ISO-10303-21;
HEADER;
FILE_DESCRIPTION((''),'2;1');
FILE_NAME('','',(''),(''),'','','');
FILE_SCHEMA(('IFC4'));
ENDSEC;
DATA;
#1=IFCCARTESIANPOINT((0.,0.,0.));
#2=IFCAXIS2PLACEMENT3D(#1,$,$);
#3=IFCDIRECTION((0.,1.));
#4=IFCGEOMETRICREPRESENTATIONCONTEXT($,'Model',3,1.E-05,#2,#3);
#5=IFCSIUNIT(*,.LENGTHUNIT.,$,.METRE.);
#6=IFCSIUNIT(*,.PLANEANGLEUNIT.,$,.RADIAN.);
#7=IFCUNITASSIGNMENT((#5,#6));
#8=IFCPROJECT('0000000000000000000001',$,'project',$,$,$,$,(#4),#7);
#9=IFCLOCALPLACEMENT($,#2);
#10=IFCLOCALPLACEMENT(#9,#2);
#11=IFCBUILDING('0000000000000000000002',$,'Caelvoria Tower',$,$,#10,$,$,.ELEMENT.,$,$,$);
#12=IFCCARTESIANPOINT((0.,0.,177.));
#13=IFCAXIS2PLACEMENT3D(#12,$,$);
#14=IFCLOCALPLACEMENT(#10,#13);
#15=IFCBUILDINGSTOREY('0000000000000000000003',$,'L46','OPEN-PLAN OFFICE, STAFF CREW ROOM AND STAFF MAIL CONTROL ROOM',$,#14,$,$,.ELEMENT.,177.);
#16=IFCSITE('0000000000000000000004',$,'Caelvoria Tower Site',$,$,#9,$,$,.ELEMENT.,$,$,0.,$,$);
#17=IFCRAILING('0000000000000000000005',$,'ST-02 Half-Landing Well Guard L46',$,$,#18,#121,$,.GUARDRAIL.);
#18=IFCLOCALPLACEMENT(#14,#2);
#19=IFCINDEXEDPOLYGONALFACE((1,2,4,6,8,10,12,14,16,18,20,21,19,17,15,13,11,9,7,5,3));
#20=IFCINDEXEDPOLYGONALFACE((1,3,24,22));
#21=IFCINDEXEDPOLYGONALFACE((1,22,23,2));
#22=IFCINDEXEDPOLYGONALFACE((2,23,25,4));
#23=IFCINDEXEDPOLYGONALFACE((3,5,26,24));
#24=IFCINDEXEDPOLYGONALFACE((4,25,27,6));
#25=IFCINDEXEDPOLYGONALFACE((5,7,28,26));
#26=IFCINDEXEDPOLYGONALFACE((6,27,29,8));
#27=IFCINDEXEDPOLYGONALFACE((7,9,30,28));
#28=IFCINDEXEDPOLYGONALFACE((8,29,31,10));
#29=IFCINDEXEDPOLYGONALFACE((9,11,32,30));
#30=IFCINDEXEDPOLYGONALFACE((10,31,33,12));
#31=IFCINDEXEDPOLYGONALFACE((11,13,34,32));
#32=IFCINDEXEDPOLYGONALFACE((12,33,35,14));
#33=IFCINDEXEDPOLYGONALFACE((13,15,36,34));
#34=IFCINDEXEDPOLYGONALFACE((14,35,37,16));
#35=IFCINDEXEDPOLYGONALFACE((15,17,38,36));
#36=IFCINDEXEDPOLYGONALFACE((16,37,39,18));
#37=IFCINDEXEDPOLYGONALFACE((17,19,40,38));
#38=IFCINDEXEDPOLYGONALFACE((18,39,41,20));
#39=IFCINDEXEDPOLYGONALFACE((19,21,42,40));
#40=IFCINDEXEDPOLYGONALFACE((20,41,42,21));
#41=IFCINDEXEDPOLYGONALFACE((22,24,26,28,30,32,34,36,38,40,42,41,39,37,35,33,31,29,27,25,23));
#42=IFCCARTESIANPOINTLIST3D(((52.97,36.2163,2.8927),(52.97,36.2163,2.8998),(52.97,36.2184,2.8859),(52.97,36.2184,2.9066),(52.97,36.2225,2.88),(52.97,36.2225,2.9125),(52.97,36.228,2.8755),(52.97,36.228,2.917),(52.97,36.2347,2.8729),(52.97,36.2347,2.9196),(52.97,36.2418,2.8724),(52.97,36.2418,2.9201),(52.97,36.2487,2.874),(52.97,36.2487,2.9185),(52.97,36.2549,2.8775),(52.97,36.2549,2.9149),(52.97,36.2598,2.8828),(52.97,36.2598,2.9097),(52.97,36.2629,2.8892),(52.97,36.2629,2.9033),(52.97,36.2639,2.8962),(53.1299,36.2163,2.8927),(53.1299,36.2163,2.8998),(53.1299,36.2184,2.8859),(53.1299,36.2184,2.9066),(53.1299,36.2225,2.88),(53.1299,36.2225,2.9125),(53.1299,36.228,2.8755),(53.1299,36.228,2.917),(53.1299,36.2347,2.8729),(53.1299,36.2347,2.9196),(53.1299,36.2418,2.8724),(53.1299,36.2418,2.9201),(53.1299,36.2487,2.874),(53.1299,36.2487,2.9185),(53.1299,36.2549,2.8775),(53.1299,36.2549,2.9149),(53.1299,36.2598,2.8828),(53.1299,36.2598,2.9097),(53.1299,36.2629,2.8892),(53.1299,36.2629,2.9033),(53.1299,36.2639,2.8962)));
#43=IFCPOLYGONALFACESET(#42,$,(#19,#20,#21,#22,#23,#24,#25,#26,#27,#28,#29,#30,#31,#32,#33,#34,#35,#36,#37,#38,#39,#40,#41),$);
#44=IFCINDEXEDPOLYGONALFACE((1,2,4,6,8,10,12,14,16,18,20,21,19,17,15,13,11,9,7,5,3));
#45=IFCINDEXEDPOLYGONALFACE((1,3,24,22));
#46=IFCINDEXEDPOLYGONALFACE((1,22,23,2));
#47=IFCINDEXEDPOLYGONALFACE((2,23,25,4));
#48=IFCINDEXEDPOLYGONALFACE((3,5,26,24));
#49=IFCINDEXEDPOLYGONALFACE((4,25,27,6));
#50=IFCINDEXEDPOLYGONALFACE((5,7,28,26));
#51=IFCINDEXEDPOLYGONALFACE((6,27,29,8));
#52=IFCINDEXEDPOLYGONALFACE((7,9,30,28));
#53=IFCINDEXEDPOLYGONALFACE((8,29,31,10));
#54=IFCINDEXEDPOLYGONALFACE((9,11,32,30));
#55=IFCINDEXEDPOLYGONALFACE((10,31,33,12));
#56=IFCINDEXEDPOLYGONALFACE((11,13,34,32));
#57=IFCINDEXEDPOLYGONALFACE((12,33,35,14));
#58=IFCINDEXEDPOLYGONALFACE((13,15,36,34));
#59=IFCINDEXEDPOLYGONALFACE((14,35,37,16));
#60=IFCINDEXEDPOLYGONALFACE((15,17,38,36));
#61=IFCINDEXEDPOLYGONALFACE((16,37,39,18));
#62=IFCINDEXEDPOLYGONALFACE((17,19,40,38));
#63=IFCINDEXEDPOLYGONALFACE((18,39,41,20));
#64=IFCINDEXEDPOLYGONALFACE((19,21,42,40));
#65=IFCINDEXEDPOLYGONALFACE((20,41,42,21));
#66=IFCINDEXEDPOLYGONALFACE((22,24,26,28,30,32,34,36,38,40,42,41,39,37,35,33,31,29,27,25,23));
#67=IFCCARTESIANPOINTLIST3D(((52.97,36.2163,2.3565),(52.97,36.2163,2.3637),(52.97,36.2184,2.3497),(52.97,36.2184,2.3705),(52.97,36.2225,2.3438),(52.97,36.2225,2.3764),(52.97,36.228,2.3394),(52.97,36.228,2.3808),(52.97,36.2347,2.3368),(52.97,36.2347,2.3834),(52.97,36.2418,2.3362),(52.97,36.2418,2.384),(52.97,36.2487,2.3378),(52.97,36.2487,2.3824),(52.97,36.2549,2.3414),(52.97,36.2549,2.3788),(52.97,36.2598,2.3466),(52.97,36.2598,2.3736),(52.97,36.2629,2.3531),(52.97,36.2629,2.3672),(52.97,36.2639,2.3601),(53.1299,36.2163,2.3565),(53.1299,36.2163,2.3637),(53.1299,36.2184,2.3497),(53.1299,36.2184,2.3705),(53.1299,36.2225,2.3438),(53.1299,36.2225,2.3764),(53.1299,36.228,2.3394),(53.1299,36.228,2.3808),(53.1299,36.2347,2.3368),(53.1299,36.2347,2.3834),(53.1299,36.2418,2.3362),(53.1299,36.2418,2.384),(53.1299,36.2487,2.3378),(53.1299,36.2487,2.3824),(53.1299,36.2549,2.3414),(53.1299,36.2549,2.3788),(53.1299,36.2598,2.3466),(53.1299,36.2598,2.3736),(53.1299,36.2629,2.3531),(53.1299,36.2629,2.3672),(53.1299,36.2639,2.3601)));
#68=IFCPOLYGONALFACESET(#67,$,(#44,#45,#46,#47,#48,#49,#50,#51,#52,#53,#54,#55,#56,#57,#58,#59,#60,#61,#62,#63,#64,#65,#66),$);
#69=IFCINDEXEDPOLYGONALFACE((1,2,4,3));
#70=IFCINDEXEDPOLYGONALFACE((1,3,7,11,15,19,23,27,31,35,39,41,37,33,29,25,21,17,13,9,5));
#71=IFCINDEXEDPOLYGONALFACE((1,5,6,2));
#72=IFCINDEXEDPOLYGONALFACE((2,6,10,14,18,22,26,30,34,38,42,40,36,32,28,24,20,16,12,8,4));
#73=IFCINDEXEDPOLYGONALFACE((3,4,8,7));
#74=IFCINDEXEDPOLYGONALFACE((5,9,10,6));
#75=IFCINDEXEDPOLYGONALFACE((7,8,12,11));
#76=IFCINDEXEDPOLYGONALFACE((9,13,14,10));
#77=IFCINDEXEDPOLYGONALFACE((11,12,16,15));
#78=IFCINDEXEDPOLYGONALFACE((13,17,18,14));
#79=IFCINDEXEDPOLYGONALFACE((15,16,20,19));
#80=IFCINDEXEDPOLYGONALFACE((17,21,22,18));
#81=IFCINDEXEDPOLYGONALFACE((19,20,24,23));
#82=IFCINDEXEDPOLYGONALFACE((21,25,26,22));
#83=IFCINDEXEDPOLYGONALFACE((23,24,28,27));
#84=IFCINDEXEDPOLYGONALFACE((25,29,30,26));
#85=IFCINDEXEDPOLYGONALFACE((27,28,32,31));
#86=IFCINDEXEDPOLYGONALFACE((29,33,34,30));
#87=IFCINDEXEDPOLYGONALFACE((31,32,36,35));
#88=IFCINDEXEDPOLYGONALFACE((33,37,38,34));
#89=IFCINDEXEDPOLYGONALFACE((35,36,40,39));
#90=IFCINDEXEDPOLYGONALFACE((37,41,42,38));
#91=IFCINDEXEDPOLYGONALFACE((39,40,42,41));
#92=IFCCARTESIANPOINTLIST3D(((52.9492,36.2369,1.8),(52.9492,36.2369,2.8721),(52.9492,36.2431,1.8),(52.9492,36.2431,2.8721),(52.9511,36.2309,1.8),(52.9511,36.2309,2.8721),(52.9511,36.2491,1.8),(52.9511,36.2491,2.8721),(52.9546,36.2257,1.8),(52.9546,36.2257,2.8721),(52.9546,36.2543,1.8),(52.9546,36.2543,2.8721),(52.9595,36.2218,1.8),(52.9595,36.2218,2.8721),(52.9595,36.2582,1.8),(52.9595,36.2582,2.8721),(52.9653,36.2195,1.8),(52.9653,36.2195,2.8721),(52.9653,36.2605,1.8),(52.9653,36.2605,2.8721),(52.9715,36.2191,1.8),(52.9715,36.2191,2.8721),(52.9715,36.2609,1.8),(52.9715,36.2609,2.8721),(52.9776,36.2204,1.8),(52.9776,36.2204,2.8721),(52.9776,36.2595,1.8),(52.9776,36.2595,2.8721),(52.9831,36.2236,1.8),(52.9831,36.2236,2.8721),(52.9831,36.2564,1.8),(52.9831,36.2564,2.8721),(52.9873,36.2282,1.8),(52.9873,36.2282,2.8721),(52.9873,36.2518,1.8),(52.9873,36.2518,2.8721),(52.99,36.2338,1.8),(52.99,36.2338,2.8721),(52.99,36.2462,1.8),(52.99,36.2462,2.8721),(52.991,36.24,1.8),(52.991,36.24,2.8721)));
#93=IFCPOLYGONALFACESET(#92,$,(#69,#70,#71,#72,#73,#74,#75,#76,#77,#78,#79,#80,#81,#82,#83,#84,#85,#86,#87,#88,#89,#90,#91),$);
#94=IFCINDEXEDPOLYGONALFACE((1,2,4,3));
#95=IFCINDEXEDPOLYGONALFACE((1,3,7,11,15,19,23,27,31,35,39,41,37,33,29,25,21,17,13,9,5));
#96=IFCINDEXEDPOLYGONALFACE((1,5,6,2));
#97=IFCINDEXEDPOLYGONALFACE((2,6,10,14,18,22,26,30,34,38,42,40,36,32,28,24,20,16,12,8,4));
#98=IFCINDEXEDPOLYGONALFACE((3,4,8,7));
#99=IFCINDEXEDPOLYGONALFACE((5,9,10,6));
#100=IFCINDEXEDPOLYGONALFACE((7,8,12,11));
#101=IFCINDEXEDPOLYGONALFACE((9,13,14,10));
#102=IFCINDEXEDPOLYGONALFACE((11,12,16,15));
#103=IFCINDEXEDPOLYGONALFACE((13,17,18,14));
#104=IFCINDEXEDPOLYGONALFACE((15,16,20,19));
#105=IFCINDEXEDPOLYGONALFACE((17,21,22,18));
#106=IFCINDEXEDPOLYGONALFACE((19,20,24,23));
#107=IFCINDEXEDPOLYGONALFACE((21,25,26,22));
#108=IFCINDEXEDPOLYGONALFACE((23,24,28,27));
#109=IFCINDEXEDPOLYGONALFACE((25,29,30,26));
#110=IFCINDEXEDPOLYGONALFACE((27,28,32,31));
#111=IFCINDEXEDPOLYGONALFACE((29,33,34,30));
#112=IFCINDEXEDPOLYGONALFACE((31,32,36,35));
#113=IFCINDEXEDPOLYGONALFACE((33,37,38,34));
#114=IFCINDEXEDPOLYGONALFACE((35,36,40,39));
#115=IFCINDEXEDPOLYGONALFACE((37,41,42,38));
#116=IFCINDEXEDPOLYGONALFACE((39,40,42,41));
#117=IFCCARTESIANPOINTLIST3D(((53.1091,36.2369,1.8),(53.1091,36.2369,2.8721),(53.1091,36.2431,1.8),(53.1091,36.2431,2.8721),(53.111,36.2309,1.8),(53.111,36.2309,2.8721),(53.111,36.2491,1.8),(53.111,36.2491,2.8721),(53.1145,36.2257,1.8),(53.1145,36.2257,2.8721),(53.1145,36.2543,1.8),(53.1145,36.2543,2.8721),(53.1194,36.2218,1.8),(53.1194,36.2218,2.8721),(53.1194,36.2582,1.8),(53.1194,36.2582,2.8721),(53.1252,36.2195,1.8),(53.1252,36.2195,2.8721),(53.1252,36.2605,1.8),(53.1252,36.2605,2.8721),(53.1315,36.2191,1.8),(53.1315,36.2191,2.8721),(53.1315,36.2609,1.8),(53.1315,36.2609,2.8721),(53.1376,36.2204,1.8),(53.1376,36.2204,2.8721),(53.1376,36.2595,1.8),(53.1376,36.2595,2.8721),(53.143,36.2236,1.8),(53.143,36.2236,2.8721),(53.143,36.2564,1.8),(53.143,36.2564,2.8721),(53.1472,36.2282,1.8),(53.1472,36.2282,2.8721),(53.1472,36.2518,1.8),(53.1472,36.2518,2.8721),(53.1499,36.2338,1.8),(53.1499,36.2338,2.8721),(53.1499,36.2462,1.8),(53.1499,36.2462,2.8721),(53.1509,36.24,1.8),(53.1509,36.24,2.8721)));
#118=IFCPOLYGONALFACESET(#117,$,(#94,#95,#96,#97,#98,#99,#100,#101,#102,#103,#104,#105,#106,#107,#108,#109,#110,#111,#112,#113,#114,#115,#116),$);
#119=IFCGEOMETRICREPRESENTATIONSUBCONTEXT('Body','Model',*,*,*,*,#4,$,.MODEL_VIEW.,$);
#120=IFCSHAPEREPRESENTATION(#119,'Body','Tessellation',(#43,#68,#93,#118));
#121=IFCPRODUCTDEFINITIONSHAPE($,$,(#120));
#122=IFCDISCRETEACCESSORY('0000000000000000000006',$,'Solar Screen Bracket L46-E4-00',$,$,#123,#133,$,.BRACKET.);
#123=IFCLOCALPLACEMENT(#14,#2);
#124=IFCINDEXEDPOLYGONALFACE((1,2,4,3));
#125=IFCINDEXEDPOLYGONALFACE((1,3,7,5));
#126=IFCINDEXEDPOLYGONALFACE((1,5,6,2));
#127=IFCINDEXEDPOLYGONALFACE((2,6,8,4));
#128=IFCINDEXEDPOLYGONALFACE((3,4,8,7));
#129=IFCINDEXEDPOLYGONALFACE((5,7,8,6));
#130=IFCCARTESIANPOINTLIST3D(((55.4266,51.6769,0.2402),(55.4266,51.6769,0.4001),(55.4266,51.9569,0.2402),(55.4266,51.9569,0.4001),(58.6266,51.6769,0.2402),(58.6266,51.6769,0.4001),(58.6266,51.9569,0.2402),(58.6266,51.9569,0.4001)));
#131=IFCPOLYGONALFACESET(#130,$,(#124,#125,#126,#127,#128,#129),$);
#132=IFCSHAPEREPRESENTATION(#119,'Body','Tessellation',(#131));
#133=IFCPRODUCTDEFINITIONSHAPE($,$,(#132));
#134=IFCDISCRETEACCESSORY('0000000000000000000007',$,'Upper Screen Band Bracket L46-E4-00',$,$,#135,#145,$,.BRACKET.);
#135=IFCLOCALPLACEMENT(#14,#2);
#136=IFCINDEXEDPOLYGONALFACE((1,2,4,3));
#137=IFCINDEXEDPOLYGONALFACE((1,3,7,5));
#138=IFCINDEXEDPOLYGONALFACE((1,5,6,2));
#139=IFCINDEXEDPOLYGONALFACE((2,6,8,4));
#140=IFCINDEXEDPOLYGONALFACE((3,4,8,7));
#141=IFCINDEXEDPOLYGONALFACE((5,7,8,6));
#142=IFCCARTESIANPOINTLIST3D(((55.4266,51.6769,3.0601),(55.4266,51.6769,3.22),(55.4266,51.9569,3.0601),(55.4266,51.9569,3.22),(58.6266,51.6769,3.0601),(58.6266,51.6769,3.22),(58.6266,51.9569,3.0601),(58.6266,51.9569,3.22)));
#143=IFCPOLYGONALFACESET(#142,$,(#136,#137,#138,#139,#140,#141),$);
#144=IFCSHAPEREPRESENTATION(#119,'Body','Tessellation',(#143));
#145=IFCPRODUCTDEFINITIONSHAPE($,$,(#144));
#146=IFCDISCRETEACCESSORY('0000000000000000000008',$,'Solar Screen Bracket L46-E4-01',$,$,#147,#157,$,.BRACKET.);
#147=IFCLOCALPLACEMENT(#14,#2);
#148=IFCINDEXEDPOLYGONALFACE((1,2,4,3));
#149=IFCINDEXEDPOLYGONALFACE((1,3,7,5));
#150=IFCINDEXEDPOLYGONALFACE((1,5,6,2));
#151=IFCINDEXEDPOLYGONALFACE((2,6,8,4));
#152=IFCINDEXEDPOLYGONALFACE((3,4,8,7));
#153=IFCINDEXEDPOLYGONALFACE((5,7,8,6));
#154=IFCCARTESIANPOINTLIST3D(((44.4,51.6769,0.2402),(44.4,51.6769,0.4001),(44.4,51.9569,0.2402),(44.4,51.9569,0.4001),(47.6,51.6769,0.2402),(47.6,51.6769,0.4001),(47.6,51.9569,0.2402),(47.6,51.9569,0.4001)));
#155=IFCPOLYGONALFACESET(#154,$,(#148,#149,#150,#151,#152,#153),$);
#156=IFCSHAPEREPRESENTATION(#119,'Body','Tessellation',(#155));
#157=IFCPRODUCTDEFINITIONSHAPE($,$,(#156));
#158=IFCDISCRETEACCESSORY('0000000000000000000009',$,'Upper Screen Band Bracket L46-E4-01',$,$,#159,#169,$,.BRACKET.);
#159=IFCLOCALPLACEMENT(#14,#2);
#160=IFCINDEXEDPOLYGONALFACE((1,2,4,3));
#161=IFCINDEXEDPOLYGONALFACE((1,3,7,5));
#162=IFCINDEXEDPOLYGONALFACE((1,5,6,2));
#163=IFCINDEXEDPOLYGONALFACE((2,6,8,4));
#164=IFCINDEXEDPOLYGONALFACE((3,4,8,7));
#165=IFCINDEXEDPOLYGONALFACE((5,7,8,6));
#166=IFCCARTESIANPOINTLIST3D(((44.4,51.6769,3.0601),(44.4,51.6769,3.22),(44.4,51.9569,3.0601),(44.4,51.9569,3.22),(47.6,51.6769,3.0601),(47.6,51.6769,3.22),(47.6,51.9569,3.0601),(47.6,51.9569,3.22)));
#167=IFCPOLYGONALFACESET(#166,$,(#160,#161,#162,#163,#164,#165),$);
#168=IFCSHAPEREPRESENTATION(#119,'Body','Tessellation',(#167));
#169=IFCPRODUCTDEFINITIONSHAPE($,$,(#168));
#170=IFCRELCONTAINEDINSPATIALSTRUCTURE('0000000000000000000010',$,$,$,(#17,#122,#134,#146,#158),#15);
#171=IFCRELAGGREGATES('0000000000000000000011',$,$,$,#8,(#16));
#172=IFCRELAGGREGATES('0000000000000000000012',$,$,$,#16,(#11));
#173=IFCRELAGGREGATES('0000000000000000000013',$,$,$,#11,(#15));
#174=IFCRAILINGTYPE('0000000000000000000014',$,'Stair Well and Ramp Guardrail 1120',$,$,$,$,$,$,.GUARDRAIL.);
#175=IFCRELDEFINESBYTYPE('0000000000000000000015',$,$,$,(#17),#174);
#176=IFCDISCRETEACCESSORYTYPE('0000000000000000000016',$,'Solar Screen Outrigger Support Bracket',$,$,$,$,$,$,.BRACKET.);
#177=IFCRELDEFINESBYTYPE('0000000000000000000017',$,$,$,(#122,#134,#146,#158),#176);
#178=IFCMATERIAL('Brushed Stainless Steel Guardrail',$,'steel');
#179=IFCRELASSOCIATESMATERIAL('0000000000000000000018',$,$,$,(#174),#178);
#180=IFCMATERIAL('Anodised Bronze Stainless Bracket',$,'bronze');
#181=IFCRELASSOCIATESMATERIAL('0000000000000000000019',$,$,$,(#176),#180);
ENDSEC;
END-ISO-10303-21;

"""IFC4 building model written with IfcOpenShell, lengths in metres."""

from ifc_helpers import new_model, si_unit, direction, frame, origin, origin_2d, place, context, subcontext, project, spatial, rectangle, circle, extrude, material, type_object, element, save


model = new_model("IFC4")

# Units and contexts
model_context = context("Model", 3, precision=1e-05, world=origin(), true_north=direction((0.0, 1.0)))
body_context = subcontext(model_context, "Body", "Model", "MODEL_VIEW")
ifc_project = project(units=[si_unit("LENGTHUNIT", "METRE"), si_unit("PLANEANGLEUNIT", "RADIAN")], contexts=[model_context])

# Site, building, storey
site_placement = place(None, origin())
site = spatial("IfcSite", under=ifc_project, at=site_placement, Name="Caelvoria Tower Site", CompositionType="ELEMENT", RefElevation=0.0)
building_placement = place(site_placement, origin())
building = spatial("IfcBuilding", under=site, at=building_placement, Name="Caelvoria Tower", CompositionType="ELEMENT")
storey_placement = place(building_placement, frame((0.0, 0.0, 177.0)))
storey = spatial("IfcBuildingStorey", under=building, at=storey_placement, Name="L46", Description="OPEN-PLAN OFFICE, STAFF CREW ROOM AND STAFF MAIL CONTROL ROOM", CompositionType="ELEMENT", Elevation=177.0)

# Railing
ifc_material_1 = material(Name="Brushed Stainless Steel Guardrail", Category="steel")
railing_type_1 = type_object("IfcRailingType", Name="Stair Well and Ramp Guardrail 1120", PredefinedType="GUARDRAIL", material=ifc_material_1)
railing_1_placement = place(storey_placement, frame((52.97, 36.24, 1.8)))
element("IfcRailing", 1, at=railing_1_placement, inside=storey, type_object=railing_type_1, Name="ST-02 Half-Landing Well Guard L46", PredefinedType="GUARDRAIL", context=body_context, shape_type="SweptSolid", body=[
    extrude(circle(Radius=0.0239, at=origin_2d()), frame((0.0, 0.0, 1.0962), z_axis=(1.0, 0.0, 0.0), x_axis=(0.0, 1.0, 0.0)), (0.0, 0.0, 1.0), 0.1599),
    extrude(circle(Radius=0.0239, at=origin_2d()), frame((0.0, 0.0, 0.5601), z_axis=(1.0, 0.0, 0.0), x_axis=(0.0, 1.0, 0.0)), (0.0, 0.0, 1.0), 0.1599),
    extrude(circle(Radius=0.021, at=origin_2d()), origin(), (0.0, 0.0, 1.0), 1.072),
    extrude(circle(Radius=0.021, at=origin_2d()), frame((0.1599, 0.0, 0.0)), (0.0, 0.0, 1.0), 1.072),
])

# Discrete accessories
ifc_material_2 = material(Name="Anodised Bronze Stainless Bracket", Category="bronze")
discrete_accessory_type = type_object("IfcDiscreteAccessoryType", Name="Solar Screen Outrigger Support Bracket", PredefinedType="BRACKET", material=ifc_material_2)
for number, where, z_axis, x_axis, name in (
    (2, (57.0266, 51.8169, 0.2402), (0.0, 0.0, 1.0), (-1.0, 0.0, 0.0), "Solar Screen Bracket L46-E4-00"),
    (3, (57.0266, 51.8169, 3.0601), (0.0, 0.0, 1.0), (-1.0, 0.0, 0.0), "Upper Screen Band Bracket L46-E4-00"),
    (4, (46.0, 51.8169, 0.2402), (0.0, 0.0, 1.0), (-1.0, 0.0, 0.0), "Solar Screen Bracket L46-E4-01"),
    (5, (46.0, 51.8169, 3.0601), (0.0, 0.0, 1.0), (-1.0, 0.0, 0.0), "Upper Screen Band Bracket L46-E4-01"),
):
    element("IfcDiscreteAccessory", number, at=place(storey_placement, frame(where, z_axis=z_axis, x_axis=x_axis)), inside=storey, type_object=discrete_accessory_type, Name=name, PredefinedType="BRACKET", context=body_context, shape_type="SweptSolid", body=[
        extrude(rectangle(XDim=3.2, YDim=0.28, at=origin_2d()), origin(), (0.0, 0.0, 1.0), 0.1599),
    ])

save(model, "model.ifc")
